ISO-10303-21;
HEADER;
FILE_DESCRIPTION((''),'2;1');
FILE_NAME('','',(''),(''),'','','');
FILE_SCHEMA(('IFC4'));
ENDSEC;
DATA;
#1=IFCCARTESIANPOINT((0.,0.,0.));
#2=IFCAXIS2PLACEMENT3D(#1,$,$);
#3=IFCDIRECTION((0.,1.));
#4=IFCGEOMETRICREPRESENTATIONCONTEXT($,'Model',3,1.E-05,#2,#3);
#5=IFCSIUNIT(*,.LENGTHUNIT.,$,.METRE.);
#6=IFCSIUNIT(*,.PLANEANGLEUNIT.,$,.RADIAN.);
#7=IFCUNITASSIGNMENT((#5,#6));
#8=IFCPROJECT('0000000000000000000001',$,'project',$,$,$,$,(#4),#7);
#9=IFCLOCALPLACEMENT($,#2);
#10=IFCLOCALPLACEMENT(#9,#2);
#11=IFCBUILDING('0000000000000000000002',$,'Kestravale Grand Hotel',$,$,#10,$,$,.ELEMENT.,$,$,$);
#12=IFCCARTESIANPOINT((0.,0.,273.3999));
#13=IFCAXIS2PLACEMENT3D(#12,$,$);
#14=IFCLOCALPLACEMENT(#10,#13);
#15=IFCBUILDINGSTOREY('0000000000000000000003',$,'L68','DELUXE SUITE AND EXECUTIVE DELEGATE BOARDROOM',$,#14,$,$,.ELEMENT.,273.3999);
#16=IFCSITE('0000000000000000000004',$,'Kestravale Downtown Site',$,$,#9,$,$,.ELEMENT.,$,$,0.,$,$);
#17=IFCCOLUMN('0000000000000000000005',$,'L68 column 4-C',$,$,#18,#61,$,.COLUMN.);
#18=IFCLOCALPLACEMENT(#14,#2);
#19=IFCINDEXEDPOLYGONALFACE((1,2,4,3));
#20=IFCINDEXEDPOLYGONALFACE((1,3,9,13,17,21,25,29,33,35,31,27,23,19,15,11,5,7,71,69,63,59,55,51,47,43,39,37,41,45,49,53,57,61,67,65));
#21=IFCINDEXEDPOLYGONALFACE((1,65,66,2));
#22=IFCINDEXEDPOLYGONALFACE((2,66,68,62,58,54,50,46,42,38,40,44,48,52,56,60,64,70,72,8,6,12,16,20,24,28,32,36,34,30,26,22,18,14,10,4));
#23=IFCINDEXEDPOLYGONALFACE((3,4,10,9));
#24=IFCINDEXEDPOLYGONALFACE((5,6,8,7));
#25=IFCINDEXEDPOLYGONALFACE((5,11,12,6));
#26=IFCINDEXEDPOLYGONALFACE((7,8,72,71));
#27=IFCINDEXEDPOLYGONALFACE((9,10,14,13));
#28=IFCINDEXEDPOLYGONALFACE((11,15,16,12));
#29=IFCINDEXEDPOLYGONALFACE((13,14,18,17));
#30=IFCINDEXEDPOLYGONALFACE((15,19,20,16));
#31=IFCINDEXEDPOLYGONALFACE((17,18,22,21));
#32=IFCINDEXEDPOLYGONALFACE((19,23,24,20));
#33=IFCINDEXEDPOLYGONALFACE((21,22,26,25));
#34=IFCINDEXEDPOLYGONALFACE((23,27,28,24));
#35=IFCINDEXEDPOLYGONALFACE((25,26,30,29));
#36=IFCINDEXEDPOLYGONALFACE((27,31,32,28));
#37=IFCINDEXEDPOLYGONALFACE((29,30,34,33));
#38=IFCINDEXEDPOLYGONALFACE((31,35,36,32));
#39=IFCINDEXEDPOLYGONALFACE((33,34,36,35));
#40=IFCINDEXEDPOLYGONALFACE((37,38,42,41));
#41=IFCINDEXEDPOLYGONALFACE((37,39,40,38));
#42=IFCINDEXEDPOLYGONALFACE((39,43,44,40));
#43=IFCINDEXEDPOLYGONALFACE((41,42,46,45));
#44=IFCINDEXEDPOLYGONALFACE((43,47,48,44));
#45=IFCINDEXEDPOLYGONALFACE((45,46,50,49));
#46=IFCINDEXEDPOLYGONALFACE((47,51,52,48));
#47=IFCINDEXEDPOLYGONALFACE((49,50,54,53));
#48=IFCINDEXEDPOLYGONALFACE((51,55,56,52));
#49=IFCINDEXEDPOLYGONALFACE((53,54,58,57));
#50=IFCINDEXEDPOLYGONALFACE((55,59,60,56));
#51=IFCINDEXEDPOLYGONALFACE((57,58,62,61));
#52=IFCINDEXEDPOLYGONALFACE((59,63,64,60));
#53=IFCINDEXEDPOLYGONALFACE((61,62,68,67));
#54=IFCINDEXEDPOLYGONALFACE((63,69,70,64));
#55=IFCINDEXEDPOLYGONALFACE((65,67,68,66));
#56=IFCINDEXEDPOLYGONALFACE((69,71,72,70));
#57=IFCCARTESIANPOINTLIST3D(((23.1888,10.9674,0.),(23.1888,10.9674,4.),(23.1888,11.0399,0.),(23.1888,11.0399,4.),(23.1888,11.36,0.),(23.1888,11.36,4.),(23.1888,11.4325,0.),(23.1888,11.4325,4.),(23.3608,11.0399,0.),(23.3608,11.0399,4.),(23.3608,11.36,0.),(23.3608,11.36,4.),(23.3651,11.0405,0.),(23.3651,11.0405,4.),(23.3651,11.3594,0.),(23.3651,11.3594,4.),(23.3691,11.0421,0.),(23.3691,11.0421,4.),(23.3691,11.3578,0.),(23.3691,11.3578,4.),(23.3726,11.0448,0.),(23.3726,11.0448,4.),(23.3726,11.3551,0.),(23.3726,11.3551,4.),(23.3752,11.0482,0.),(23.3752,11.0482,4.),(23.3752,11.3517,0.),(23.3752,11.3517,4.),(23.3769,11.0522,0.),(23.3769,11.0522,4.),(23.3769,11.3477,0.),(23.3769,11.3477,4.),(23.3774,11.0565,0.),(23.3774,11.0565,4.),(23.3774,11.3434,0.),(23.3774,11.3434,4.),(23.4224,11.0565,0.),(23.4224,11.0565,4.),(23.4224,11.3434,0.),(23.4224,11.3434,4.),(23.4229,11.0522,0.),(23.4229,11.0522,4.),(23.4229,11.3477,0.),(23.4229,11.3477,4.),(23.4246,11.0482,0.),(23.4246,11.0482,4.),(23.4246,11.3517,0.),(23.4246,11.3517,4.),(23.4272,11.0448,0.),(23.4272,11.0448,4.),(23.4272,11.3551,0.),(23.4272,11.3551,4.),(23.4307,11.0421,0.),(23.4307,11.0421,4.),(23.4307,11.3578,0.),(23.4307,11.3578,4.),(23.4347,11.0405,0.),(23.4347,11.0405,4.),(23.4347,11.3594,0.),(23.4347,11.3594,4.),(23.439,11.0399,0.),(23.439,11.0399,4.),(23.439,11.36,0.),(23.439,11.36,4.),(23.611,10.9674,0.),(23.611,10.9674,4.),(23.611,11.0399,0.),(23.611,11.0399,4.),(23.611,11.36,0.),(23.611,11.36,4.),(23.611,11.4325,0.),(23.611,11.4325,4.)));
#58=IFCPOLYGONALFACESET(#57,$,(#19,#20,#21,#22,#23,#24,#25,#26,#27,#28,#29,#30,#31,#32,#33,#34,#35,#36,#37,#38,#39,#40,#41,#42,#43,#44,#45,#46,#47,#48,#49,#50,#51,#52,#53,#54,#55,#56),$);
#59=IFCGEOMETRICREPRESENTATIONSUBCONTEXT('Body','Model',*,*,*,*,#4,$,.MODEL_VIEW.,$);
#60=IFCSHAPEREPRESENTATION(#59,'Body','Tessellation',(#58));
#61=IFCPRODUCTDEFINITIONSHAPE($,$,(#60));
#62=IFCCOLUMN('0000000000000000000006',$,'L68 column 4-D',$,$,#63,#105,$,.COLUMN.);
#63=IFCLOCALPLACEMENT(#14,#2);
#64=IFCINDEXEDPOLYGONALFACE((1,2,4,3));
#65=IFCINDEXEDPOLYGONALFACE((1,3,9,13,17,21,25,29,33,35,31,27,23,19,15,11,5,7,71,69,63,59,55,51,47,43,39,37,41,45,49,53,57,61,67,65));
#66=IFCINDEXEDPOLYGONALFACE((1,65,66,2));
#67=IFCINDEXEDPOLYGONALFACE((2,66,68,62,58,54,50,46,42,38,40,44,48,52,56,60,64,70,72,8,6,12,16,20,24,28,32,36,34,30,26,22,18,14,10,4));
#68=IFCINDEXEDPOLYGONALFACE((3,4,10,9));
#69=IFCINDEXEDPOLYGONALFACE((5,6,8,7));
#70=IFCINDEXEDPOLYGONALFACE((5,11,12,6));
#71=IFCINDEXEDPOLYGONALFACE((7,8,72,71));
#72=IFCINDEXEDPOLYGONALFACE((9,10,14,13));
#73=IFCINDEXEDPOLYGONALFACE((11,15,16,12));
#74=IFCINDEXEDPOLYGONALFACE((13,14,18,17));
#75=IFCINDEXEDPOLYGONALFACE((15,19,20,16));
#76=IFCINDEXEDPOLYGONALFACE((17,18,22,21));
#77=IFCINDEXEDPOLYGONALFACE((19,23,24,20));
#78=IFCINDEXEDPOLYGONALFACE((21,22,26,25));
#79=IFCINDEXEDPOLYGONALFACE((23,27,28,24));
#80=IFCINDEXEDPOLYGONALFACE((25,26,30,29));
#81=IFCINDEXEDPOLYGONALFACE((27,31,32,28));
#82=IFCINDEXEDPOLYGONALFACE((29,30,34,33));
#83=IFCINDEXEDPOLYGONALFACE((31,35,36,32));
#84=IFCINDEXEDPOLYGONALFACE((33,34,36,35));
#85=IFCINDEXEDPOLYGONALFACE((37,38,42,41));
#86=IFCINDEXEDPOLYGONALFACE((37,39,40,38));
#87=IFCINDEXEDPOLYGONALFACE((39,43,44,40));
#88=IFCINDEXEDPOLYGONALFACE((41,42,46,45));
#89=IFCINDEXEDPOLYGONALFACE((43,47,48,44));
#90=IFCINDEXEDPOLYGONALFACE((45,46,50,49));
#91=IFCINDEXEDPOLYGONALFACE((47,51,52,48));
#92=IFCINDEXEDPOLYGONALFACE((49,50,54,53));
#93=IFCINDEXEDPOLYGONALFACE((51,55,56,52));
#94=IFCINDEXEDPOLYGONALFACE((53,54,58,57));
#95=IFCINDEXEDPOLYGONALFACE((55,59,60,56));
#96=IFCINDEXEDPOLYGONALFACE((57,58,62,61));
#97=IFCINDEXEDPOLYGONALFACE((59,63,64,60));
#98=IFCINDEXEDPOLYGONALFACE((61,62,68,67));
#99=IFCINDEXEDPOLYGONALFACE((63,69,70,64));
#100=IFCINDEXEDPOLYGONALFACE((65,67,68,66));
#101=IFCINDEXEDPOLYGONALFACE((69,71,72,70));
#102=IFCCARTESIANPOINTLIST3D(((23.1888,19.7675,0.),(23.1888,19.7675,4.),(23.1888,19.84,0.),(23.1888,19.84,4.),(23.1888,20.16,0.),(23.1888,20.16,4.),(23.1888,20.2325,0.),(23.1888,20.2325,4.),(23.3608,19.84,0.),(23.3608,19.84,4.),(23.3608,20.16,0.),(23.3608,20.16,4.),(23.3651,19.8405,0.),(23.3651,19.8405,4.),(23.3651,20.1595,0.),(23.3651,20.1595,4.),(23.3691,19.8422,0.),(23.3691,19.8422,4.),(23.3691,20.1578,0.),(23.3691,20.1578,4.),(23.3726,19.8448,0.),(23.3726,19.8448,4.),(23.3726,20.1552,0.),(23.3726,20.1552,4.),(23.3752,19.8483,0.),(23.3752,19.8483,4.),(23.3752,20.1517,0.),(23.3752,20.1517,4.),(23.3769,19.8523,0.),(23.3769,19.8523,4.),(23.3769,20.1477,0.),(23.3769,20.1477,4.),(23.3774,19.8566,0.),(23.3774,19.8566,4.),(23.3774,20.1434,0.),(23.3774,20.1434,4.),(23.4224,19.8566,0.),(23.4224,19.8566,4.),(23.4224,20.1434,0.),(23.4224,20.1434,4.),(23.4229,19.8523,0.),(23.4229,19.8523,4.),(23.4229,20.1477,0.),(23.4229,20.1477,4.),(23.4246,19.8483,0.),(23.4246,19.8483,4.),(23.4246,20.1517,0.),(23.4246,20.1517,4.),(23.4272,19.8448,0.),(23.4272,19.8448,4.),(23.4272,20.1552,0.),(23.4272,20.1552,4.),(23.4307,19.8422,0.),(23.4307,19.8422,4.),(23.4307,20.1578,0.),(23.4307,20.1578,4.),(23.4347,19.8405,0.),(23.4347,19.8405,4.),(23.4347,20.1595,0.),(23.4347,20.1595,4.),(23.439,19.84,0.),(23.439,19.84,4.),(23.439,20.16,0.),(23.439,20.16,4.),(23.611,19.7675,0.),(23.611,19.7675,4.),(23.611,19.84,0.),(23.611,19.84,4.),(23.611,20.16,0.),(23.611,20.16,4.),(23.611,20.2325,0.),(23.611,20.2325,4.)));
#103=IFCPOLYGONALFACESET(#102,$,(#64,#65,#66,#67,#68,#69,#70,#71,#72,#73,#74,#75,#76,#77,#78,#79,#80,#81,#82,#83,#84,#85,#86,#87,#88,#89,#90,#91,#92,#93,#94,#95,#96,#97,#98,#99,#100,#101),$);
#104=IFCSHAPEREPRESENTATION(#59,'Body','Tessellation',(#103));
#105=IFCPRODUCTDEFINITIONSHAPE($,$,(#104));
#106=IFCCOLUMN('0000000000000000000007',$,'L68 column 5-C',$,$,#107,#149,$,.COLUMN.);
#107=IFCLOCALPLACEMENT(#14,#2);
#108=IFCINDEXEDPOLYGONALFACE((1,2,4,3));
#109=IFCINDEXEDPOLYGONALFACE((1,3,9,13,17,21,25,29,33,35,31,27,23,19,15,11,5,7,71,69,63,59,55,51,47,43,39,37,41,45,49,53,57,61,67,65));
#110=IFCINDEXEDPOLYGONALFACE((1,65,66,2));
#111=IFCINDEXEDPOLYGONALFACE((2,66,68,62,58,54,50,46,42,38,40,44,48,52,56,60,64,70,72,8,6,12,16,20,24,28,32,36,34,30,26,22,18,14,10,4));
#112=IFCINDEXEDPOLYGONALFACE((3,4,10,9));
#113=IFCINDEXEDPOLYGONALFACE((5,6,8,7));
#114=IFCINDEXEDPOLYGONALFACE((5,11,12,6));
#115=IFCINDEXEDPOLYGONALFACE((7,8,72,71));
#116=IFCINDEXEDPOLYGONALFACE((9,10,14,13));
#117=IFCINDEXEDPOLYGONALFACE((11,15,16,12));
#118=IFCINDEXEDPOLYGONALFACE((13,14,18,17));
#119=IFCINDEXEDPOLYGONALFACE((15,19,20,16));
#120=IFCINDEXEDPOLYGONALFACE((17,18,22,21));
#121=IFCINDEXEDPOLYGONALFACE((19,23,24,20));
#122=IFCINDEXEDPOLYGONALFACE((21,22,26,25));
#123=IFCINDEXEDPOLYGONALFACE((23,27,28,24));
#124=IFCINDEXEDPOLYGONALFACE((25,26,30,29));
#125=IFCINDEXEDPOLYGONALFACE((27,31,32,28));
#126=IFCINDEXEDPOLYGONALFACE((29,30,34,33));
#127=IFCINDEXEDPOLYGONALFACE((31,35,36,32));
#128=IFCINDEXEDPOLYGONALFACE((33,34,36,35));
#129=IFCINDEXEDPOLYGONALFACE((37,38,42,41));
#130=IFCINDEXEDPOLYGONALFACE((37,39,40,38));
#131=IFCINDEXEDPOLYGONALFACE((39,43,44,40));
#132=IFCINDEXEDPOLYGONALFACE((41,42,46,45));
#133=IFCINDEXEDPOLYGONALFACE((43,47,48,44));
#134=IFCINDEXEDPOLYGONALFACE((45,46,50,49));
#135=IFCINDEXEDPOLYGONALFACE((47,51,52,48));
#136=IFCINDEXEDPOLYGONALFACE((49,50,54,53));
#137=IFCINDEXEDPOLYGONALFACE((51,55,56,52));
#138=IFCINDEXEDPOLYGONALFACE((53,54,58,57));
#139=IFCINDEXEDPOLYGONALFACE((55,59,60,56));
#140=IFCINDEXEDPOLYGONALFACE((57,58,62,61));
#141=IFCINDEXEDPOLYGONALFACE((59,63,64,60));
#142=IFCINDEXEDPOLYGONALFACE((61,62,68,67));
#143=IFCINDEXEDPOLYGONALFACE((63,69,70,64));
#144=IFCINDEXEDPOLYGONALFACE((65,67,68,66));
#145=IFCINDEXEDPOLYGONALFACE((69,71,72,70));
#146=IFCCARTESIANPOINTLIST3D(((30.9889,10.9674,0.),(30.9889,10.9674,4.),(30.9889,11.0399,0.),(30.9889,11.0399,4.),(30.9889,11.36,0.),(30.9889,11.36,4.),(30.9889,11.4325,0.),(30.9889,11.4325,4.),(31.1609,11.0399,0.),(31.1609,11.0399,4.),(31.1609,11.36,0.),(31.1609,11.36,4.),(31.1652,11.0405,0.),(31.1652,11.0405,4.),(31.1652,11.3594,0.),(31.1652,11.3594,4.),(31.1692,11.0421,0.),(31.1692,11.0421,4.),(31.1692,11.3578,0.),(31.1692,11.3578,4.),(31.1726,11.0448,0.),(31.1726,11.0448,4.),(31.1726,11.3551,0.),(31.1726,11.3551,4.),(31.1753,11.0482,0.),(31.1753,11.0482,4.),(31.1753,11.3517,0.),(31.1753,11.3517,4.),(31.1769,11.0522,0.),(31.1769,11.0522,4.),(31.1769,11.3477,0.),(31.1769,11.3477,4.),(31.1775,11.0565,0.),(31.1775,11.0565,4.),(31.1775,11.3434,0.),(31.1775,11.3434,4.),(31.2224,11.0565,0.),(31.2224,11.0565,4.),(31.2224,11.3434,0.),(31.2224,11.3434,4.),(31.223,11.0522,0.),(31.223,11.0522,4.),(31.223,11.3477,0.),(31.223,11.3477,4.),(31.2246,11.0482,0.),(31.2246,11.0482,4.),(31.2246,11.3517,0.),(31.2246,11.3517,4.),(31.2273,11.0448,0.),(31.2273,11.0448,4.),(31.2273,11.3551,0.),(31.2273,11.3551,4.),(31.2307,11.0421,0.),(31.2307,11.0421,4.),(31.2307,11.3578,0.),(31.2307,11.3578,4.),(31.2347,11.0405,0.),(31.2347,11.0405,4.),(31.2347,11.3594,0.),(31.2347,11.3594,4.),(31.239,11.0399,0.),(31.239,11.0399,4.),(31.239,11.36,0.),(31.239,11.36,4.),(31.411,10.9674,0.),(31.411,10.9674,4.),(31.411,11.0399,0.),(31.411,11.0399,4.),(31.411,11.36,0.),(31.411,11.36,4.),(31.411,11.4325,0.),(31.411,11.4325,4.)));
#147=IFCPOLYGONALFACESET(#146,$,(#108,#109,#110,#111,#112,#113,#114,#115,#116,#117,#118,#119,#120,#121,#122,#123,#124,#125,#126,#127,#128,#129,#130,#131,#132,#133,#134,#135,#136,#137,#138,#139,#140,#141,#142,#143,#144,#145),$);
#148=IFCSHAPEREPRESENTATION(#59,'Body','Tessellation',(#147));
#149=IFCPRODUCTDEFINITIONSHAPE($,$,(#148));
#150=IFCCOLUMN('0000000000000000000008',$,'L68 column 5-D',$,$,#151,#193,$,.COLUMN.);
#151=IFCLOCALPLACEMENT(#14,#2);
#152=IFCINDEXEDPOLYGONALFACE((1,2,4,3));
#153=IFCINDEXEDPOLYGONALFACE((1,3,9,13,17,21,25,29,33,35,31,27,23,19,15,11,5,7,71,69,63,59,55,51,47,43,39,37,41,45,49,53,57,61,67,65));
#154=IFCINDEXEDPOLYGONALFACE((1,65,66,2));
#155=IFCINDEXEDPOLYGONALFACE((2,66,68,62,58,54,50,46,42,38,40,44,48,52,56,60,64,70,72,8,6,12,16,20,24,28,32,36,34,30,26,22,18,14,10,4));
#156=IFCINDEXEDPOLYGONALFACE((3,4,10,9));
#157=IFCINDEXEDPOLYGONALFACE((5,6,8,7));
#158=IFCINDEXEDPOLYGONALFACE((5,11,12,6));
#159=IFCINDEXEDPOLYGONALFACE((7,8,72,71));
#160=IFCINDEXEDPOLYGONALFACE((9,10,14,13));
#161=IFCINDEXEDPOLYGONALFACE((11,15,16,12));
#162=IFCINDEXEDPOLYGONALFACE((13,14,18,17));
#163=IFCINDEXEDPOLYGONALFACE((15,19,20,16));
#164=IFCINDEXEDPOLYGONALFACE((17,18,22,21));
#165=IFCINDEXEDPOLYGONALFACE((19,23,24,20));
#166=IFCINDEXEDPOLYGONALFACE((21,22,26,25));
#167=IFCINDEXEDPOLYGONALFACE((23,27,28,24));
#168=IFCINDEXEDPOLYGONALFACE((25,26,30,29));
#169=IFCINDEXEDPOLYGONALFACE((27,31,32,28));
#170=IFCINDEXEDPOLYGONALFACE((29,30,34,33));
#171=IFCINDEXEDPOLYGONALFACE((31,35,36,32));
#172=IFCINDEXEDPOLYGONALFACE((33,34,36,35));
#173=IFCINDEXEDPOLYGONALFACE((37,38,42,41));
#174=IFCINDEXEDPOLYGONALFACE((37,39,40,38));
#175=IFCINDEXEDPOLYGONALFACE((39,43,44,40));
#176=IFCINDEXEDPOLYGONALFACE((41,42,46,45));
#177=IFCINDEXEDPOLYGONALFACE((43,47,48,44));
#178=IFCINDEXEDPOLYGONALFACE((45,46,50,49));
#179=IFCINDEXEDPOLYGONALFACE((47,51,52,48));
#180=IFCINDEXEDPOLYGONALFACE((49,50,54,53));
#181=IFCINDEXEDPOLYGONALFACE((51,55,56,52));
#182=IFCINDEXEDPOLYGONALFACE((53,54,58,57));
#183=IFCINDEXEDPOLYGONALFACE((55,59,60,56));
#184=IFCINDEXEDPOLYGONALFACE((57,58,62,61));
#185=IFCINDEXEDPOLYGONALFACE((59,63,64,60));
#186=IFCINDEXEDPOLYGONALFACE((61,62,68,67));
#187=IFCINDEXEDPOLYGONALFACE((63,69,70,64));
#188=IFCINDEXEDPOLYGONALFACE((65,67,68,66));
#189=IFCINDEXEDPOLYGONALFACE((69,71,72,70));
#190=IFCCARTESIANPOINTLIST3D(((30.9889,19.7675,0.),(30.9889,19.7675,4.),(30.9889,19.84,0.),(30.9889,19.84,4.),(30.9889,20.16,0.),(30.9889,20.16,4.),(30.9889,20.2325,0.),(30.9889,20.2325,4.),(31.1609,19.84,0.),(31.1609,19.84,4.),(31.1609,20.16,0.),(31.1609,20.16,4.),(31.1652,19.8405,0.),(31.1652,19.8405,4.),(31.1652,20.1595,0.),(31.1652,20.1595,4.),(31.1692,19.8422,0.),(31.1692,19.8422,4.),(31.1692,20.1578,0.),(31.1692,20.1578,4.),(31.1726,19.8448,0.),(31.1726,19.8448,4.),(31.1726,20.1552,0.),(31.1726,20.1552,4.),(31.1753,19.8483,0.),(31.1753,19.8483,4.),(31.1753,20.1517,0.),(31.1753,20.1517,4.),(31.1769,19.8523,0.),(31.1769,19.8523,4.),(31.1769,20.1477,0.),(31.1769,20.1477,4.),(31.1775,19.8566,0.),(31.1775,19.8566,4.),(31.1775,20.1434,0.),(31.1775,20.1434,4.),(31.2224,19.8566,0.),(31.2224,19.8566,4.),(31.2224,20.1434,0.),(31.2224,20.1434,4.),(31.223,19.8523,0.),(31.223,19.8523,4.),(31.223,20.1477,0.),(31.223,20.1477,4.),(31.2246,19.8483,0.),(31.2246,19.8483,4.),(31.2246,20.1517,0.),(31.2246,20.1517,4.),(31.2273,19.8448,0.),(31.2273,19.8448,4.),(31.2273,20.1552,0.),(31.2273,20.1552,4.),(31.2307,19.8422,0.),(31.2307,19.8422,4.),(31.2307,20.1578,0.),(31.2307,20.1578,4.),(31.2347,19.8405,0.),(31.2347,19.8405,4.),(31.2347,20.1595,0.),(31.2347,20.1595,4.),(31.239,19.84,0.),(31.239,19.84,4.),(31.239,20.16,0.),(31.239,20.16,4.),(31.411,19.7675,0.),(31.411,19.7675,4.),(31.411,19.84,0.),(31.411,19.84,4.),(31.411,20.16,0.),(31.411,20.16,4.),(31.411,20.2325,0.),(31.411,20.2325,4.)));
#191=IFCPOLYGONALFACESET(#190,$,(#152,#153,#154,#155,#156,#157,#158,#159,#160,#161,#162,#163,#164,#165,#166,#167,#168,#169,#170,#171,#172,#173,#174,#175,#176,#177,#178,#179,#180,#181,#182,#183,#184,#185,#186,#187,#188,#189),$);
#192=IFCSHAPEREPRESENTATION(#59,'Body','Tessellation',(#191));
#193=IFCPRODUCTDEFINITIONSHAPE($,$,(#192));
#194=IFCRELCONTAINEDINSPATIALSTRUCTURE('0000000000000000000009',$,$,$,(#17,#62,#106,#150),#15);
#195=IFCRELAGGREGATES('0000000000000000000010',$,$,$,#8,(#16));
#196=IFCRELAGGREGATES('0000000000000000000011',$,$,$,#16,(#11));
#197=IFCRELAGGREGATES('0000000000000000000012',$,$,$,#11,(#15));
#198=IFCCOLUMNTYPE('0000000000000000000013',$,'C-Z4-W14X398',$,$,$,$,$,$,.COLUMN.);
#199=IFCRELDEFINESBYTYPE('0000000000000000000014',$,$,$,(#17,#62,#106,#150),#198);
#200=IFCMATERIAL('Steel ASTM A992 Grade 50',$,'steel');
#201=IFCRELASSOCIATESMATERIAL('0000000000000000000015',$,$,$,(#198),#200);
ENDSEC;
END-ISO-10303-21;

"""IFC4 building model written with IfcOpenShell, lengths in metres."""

from ifc_helpers import new_model, si_unit, direction, frame, origin, origin_2d, place, context, subcontext, project, spatial, i_section, extrude, material, material_profile, profile_set, type_object, element, save


model = new_model("IFC4")

# Units and contexts
model_context = context("Model", 3, precision=1e-05, world=origin(), true_north=direction((0.0, 1.0)))
body_context = subcontext(model_context, "Body", "Model", "MODEL_VIEW")
ifc_project = project(units=[si_unit("LENGTHUNIT", "METRE"), si_unit("PLANEANGLEUNIT", "RADIAN")], contexts=[model_context])

# Site, building, storey
site_placement = place(None, origin())
site = spatial("IfcSite", under=ifc_project, at=site_placement, Name="Kestravale Downtown Site", CompositionType="ELEMENT", RefElevation=0.0)
building_placement = place(site_placement, origin())
building = spatial("IfcBuilding", under=site, at=building_placement, Name="Kestravale Grand Hotel", CompositionType="ELEMENT")
storey_placement = place(building_placement, frame((0.0, 0.0, 273.3999)))
storey = spatial("IfcBuildingStorey", under=building, at=storey_placement, Name="L68", Description="DELUXE SUITE AND EXECUTIVE DELEGATE BOARDROOM", CompositionType="ELEMENT", Elevation=273.3999)

# Columns
ifc_material_1 = material(Name="Steel ASTM A992 Grade 50", Category="steel")
ifc_material_profile_1 = material_profile(ifc_material_1, i_section(OverallWidth=0.4221, OverallDepth=0.4651, WebThickness=0.0449, FlangeThickness=0.0725, FilletRadius=0.0166, at=origin_2d()))
ifc_profile_set_1 = profile_set([ifc_material_profile_1], Name="Steel ASTM A992 Grade 50")
column_type = type_object("IfcColumnType", Name="C-Z4-W14X398", PredefinedType="COLUMN", material=ifc_profile_set_1)
for number, where, z_axis, x_axis, name in (
    (1, (23.3999, 11.2, 0.0), (0.0, 0.0, 1.0), (1.0, 0.0, 0.0), "L68 column 4-C"),
    (2, (23.3999, 20.0, 0.0), (0.0, 0.0, 1.0), (1.0, 0.0, 0.0), "L68 column 4-D"),
    (3, (31.2, 11.2, 0.0), (0.0, 0.0, 1.0), (1.0, 0.0, 0.0), "L68 column 5-C"),
    (4, (31.2, 20.0, 0.0), (0.0, 0.0, 1.0), (1.0, 0.0, 0.0), "L68 column 5-D"),
):
    element("IfcColumn", number, at=place(storey_placement, frame(where, z_axis=z_axis, x_axis=x_axis)), inside=storey, type_object=column_type, Name=name, PredefinedType="COLUMN", context=body_context, shape_type="SweptSolid", body=[
        extrude(i_section(OverallWidth=0.4221, OverallDepth=0.4651, WebThickness=0.0449, FlangeThickness=0.0725, FilletRadius=0.0166, at=origin_2d()), origin(), (0.0, 0.0, 1.0), 4.0),
    ])

save(model, "model.ifc")
